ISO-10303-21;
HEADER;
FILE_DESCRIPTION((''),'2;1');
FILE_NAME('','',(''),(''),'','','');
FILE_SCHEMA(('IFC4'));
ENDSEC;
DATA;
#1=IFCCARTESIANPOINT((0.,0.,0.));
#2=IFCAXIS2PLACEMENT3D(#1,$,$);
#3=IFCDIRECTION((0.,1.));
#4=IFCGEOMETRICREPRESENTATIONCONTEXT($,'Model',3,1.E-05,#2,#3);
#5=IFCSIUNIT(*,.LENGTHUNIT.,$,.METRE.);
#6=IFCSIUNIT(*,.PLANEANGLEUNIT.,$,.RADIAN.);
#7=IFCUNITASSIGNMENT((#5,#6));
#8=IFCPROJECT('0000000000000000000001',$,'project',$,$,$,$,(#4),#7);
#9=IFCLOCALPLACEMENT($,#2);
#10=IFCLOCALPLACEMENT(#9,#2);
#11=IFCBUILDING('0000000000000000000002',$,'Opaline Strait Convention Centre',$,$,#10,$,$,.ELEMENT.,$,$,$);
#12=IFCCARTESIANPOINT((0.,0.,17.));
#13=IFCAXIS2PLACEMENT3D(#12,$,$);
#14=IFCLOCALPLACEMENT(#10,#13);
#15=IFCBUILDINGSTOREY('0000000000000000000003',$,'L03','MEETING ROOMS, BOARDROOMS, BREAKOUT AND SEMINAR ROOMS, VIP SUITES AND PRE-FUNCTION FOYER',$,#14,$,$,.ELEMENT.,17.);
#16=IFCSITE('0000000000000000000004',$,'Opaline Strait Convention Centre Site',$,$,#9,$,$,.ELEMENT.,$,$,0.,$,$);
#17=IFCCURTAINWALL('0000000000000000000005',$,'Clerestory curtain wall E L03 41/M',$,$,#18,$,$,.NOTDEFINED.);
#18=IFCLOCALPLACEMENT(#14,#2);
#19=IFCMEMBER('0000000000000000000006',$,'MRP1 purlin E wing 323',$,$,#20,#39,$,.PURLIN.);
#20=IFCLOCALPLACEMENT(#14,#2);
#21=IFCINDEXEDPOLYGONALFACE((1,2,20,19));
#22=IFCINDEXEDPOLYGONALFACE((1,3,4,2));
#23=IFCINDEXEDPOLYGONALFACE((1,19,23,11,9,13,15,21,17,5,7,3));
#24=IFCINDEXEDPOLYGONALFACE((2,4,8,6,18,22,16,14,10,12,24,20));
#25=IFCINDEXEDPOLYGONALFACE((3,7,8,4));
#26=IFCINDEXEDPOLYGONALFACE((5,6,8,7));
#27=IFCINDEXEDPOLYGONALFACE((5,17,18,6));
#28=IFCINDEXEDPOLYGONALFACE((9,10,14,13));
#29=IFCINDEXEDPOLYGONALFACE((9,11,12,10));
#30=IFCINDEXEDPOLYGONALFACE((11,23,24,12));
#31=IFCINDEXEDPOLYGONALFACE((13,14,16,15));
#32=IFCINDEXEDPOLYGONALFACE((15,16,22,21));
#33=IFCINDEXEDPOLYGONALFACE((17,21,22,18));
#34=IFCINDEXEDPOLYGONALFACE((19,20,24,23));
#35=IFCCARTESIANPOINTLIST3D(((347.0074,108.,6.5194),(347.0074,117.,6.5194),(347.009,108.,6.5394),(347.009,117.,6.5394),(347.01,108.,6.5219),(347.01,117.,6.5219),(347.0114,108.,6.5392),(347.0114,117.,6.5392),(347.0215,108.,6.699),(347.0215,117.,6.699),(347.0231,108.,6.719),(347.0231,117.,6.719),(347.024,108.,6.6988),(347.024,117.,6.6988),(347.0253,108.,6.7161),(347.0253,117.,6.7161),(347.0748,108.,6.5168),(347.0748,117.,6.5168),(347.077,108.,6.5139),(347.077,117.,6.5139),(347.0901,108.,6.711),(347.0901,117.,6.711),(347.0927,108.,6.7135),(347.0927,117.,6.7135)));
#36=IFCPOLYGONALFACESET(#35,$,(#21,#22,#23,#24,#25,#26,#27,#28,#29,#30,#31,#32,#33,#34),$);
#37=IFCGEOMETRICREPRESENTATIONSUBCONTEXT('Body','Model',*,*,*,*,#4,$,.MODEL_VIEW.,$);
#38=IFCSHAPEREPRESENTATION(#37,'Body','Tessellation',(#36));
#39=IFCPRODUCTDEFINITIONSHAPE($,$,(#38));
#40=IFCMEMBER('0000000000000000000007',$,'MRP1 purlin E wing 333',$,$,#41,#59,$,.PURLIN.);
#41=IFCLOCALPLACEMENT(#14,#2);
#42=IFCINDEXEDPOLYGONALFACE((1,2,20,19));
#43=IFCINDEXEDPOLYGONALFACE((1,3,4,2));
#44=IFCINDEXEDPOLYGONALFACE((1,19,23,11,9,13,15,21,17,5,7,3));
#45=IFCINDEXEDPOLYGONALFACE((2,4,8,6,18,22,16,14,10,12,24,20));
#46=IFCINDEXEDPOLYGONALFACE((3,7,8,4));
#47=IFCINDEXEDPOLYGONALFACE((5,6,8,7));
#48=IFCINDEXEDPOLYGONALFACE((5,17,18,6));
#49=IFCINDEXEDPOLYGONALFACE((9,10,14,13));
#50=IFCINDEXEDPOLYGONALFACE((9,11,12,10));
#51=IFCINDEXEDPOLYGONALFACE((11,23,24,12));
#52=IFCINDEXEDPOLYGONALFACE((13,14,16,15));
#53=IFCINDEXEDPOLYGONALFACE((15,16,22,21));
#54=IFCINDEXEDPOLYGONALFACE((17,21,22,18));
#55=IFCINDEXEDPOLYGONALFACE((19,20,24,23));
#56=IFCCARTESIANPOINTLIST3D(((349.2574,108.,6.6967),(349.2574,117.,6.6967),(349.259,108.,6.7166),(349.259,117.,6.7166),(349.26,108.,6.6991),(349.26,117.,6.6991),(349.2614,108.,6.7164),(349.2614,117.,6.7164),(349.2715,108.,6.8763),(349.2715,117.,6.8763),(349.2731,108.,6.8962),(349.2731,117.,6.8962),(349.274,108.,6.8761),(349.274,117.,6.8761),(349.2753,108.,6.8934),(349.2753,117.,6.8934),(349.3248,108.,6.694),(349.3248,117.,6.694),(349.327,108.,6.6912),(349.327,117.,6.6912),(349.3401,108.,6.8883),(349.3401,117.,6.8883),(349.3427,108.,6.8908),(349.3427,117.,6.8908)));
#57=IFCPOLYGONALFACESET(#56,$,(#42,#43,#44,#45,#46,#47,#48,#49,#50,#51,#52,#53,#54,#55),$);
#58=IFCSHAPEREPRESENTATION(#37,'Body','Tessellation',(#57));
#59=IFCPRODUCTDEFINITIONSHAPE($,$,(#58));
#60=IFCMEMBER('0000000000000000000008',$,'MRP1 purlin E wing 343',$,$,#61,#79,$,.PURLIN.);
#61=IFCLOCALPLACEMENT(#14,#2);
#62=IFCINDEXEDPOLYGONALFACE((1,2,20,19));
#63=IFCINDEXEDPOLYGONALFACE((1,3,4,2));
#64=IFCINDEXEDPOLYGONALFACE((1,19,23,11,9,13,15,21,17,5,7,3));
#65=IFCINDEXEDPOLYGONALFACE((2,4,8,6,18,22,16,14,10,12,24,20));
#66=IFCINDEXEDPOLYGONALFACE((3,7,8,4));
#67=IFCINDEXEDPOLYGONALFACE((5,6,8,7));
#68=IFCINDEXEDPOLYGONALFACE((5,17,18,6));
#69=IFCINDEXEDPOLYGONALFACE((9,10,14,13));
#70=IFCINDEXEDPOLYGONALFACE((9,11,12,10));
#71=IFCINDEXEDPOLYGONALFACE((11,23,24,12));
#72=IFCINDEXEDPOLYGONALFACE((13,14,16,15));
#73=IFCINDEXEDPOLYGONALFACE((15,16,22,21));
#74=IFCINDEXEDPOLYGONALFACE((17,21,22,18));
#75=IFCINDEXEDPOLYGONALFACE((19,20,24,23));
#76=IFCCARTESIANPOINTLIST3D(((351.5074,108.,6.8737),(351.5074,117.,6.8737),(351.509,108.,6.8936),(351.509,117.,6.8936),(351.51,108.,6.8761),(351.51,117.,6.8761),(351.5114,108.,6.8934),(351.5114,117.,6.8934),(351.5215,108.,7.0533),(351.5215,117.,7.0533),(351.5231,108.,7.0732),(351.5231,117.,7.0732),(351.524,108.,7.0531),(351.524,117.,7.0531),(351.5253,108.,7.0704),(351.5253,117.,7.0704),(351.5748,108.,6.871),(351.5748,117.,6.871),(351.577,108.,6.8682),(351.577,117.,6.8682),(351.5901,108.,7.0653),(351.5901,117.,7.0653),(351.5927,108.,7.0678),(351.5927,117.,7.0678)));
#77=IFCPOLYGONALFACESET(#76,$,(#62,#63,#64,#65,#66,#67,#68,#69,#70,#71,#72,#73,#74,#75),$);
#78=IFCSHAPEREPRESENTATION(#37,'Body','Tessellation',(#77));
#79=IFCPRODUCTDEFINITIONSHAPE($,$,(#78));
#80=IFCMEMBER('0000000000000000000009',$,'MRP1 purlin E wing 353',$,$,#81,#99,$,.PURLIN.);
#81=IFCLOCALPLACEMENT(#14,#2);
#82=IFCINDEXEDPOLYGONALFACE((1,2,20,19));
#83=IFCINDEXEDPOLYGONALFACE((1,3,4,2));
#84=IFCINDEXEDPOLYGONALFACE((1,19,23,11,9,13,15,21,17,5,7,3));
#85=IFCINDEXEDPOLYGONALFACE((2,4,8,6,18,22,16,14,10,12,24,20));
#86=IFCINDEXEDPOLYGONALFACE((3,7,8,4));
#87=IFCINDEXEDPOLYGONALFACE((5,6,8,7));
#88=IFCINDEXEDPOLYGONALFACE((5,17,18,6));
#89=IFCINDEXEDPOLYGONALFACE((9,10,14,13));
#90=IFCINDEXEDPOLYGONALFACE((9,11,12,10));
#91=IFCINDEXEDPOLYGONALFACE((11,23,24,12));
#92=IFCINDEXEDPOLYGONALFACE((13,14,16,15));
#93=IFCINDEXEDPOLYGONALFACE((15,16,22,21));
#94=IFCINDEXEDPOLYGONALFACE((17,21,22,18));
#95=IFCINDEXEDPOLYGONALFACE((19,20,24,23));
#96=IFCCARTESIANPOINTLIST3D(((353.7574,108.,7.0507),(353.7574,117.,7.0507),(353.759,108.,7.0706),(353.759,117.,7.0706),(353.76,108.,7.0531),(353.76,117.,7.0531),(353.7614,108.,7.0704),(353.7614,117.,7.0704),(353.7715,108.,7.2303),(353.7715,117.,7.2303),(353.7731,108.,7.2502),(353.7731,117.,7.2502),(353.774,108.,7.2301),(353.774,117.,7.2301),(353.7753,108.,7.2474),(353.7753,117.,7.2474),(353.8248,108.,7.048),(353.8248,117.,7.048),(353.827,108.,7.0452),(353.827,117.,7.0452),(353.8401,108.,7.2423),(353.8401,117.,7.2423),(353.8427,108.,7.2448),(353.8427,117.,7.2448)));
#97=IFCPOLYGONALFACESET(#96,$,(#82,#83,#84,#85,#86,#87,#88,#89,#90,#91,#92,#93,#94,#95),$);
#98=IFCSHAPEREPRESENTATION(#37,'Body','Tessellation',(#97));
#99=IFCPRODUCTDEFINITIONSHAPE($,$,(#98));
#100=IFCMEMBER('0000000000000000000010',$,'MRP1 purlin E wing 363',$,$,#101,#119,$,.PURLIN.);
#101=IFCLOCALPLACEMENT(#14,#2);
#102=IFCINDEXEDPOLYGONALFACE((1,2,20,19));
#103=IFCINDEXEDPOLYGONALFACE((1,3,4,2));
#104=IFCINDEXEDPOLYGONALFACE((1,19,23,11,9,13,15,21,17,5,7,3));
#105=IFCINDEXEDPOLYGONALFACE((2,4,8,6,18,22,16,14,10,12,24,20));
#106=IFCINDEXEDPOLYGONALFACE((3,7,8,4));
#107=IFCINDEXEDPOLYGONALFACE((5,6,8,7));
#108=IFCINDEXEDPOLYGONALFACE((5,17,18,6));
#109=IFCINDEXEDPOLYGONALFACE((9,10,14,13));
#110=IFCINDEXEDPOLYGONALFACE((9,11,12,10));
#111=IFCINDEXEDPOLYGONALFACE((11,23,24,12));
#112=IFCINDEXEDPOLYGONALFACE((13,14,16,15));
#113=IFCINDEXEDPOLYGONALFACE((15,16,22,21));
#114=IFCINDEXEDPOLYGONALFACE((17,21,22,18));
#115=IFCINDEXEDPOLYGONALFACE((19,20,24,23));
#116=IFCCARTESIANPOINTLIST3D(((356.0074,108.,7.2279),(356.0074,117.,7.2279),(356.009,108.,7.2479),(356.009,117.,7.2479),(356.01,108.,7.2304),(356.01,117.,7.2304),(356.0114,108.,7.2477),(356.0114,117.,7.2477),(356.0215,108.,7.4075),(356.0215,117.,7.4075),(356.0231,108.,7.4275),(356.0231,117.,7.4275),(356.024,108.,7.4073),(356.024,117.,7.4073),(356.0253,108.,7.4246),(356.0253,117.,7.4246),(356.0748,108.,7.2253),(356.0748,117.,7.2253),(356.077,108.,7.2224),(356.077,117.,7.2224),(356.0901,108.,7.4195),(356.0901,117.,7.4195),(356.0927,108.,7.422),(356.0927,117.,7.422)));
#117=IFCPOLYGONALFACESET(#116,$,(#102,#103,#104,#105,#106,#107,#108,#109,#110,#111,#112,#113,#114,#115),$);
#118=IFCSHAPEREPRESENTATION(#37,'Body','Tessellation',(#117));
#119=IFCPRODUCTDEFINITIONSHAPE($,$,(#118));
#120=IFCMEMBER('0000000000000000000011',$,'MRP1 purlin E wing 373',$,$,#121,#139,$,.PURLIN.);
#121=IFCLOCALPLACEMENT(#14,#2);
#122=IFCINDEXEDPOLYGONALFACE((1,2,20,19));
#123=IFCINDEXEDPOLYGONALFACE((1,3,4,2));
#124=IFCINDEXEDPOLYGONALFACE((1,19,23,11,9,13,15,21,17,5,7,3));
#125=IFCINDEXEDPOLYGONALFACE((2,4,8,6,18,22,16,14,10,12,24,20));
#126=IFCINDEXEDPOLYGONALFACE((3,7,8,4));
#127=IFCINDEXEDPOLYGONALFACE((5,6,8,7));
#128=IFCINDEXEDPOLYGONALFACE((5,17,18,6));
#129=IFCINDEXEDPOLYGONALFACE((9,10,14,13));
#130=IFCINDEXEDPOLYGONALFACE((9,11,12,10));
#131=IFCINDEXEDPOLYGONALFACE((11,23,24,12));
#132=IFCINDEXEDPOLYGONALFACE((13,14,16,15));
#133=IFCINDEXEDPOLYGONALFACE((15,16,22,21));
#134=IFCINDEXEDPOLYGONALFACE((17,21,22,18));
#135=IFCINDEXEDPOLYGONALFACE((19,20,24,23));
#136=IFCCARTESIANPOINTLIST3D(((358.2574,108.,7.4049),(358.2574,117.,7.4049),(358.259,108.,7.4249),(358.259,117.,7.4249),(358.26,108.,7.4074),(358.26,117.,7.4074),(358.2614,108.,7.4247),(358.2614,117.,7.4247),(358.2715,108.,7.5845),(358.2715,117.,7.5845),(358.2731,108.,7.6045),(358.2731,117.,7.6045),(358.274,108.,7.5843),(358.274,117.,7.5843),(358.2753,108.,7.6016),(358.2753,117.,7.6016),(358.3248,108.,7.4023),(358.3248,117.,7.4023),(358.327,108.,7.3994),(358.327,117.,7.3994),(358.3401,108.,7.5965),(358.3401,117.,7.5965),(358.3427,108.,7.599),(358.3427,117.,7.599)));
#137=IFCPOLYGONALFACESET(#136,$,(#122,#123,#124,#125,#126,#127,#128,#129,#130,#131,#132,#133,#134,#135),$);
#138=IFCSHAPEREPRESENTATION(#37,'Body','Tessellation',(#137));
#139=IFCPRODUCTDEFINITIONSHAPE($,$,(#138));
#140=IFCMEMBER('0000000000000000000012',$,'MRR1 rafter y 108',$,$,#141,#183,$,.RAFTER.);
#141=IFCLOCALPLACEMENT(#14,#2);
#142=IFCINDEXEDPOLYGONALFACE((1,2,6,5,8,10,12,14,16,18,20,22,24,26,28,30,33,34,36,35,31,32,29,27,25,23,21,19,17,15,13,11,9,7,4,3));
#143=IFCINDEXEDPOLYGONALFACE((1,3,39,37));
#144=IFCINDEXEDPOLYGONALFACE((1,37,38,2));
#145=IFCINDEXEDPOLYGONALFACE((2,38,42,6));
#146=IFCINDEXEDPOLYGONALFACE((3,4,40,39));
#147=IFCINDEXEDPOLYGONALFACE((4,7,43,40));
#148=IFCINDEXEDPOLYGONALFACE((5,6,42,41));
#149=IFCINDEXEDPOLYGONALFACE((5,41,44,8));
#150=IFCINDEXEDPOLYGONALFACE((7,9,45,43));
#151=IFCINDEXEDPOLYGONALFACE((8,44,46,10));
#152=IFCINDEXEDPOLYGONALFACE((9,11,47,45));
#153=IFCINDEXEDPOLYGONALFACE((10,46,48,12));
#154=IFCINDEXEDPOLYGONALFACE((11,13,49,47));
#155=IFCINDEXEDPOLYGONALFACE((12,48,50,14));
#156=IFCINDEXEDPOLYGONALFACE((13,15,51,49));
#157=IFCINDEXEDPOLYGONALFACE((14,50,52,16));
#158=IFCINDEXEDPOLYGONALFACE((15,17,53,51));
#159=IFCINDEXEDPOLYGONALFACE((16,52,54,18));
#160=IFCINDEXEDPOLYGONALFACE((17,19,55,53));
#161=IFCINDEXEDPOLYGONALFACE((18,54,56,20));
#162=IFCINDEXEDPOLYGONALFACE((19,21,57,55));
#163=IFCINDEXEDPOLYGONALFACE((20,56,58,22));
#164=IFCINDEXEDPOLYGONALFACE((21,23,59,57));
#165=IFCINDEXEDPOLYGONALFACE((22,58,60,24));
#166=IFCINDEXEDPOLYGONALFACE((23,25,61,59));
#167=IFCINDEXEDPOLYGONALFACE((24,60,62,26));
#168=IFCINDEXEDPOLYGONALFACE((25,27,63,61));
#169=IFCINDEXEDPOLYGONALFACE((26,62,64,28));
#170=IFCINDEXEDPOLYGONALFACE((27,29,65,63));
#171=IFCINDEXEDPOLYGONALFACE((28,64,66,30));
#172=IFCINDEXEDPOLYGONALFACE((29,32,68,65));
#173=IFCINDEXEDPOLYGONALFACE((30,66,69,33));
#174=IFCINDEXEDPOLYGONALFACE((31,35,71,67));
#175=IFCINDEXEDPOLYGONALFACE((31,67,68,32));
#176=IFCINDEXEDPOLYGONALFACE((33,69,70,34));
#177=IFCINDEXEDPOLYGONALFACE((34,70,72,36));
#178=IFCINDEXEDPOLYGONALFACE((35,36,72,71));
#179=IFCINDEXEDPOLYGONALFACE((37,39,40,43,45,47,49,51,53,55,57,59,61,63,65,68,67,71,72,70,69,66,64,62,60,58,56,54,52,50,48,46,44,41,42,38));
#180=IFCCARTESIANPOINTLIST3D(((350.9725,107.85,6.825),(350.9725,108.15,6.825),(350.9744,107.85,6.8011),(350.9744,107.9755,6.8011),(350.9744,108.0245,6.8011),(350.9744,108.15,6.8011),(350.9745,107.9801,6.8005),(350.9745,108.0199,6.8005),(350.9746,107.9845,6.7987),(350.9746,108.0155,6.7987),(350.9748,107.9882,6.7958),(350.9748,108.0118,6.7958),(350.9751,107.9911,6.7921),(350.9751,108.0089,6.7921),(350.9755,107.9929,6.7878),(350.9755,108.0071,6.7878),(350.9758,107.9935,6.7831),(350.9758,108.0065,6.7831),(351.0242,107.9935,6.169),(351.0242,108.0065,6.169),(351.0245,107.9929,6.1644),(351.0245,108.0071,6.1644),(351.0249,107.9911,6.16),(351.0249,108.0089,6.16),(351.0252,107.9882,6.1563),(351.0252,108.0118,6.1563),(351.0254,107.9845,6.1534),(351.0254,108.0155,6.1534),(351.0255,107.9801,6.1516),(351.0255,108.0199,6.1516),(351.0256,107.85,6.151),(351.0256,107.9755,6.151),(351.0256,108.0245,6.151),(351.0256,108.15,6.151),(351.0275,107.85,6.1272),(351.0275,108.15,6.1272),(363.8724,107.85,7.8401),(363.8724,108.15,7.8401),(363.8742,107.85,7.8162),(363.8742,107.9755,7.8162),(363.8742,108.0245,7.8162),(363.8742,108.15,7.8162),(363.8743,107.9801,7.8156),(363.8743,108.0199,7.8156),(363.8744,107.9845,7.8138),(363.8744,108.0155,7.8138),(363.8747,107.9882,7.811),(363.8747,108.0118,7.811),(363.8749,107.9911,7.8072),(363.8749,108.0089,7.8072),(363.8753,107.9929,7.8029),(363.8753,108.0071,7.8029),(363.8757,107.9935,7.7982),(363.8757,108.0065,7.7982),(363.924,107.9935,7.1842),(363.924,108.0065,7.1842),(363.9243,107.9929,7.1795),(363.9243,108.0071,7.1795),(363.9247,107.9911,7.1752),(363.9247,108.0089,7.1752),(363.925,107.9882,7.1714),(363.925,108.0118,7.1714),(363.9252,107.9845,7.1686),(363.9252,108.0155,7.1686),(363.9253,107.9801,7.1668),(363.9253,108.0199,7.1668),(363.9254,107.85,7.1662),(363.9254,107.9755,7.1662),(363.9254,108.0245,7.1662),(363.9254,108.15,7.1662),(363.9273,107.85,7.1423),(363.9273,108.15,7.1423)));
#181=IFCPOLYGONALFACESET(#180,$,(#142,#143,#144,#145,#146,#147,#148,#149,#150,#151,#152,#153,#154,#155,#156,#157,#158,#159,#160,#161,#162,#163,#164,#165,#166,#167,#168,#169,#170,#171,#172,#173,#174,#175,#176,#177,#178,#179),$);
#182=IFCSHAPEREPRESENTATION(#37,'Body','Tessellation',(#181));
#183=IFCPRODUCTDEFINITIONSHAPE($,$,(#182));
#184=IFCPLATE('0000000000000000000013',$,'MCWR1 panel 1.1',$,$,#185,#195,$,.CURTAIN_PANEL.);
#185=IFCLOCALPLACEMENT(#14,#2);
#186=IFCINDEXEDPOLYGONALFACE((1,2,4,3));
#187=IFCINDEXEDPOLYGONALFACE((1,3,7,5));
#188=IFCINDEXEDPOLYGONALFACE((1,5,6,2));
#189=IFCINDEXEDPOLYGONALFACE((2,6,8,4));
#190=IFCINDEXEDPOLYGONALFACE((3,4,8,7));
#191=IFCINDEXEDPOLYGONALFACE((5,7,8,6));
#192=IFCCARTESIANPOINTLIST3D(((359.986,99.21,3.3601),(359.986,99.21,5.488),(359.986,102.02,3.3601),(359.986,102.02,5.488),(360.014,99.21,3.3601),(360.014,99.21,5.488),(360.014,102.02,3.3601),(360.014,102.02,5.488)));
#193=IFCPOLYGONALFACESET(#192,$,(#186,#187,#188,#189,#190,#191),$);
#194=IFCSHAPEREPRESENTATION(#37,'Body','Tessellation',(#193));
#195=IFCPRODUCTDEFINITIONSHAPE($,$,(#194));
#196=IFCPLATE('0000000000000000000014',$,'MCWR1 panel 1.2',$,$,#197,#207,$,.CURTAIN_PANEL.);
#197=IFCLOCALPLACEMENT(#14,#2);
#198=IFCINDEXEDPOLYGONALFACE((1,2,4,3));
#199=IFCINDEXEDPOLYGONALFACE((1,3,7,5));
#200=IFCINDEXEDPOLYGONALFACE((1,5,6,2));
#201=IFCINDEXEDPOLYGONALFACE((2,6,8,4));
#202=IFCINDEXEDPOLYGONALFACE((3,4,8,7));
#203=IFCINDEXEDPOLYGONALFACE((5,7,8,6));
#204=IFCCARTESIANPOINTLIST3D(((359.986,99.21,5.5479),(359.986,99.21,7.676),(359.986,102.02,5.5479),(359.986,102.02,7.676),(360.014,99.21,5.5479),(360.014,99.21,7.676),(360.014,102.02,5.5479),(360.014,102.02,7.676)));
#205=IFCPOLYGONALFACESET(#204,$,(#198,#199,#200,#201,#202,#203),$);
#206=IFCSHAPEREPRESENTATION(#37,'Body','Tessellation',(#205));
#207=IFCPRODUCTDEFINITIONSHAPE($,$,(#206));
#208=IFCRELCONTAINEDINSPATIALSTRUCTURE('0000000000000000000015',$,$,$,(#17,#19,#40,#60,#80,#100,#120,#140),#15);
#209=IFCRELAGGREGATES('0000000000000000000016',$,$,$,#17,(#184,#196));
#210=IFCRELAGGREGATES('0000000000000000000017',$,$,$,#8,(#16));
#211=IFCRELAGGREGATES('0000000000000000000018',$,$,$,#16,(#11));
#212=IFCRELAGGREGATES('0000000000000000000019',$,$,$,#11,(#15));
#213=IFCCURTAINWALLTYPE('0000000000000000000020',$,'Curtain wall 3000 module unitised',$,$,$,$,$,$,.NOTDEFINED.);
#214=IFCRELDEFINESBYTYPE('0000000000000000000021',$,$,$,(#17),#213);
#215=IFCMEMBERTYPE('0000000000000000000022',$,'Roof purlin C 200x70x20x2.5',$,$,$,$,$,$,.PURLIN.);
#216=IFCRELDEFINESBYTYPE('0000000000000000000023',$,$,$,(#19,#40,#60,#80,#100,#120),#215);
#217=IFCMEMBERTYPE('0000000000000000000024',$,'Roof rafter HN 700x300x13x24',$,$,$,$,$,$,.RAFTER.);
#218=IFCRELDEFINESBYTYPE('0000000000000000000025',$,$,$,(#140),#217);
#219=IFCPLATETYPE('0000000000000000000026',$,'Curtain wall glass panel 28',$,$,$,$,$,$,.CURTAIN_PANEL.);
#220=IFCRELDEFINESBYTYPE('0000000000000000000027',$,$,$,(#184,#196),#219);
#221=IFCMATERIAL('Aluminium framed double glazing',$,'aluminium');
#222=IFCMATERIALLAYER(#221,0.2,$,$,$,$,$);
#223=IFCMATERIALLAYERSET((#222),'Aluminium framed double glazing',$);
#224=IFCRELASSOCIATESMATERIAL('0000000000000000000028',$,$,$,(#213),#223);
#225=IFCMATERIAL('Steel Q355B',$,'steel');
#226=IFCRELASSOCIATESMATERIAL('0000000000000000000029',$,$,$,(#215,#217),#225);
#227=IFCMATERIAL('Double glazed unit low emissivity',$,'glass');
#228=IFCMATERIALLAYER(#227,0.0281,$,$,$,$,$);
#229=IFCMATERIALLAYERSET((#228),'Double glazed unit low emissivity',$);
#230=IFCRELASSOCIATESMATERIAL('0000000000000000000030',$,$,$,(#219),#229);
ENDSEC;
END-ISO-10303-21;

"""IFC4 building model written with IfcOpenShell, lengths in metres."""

from ifc_helpers import new_model, si_unit, direction, frame, origin, origin_2d, place, context, subcontext, project, spatial, polyline, rectangle, i_section, outline, extrude, material, layer, layer_set, material_profile, profile_set, type_object, element, aggregate, save


model = new_model("IFC4")

# Units and contexts
model_context = context("Model", 3, precision=1e-05, world=origin(), true_north=direction((0.0, 1.0)))
body_context = subcontext(model_context, "Body", "Model", "MODEL_VIEW")
ifc_project = project(units=[si_unit("LENGTHUNIT", "METRE"), si_unit("PLANEANGLEUNIT", "RADIAN")], contexts=[model_context])

# Site, building, storey
site_placement = place(None, origin())
site = spatial("IfcSite", under=ifc_project, at=site_placement, Name="Opaline Strait Convention Centre Site", CompositionType="ELEMENT", RefElevation=0.0)
building_placement = place(site_placement, origin())
building = spatial("IfcBuilding", under=site, at=building_placement, Name="Opaline Strait Convention Centre", CompositionType="ELEMENT")
storey_placement = place(building_placement, frame((0.0, 0.0, 17.0)))
storey = spatial("IfcBuildingStorey", under=building, at=storey_placement, Name="L03", Description="MEETING ROOMS, BOARDROOMS, BREAKOUT AND SEMINAR ROOMS, VIP SUITES AND PRE-FUNCTION FOYER", CompositionType="ELEMENT", Elevation=17.0)

# Shared definitions
ifc_material_1 = material(Name="Steel Q355B", Category="steel")

# Curtain wall
ifc_material_2 = material(Name="Aluminium framed double glazing", Category="aluminium")
ifc_layer_1 = layer(ifc_material_2, 0.2)
ifc_layer_set_1 = layer_set([ifc_layer_1], Name="Aluminium framed double glazing")
curtain_wall_type = type_object("IfcCurtainWallType", Name="Curtain wall 3000 module unitised", PredefinedType="NOTDEFINED", material=ifc_layer_set_1)
curtain_wall_1_placement = place(storey_placement, origin())
curtain_wall_1 = element("IfcCurtainWall", 1, at=curtain_wall_1_placement, inside=storey, type_object=curtain_wall_type, Name="Clerestory curtain wall E L03 41/M", PredefinedType="NOTDEFINED")

# Members
ifc_material_profile_1 = material_profile(ifc_material_1, outline(polyline([(-0.0349, -0.1001), (0.0349, -0.1001), (0.0349, -0.0801), (0.0325, -0.0801), (0.0325, -0.0974), (-0.0325, -0.0974), (-0.0325, 0.0974), (0.0325, 0.0974), (0.0325, 0.0801), (0.0349, 0.0801), (0.0349, 0.1001), (-0.0349, 0.1001), (-0.0349, -0.1001)])), Name="C 200x70x20x2.5")
ifc_profile_set_1 = profile_set([ifc_material_profile_1], Name="Steel Q355B")
member_type_1 = type_object("IfcMemberType", Name="Roof purlin C 200x70x20x2.5", PredefinedType="PURLIN", material=ifc_profile_set_1)
for number, where, z_axis, x_axis, name in (
    (2, (347.05, 108.0, 6.6165), (0.0, 1.0, 0.0), (-0.996917, 0.0, 0.078459), "MRP1 purlin E wing 323"),
    (3, (349.3, 108.0, 6.7937), (0.0, 1.0, 0.0), (-0.996917, 0.0, 0.078459), "MRP1 purlin E wing 333"),
    (4, (351.55, 108.0, 6.9707), (0.0, 1.0, 0.0), (-0.996917, 0.0, 0.078459), "MRP1 purlin E wing 343"),
    (5, (353.8, 108.0, 7.1477), (0.0, 1.0, 0.0), (-0.996917, 0.0, 0.078459), "MRP1 purlin E wing 353"),
    (6, (356.05, 108.0, 7.325), (0.0, 1.0, 0.0), (-0.996917, 0.0, 0.078459), "MRP1 purlin E wing 363"),
    (7, (358.3, 108.0, 7.502), (0.0, 1.0, 0.0), (-0.996917, 0.0, 0.078459), "MRP1 purlin E wing 373"),
):
    element("IfcMember", number, at=place(storey_placement, frame(where, z_axis=z_axis, x_axis=x_axis)), inside=storey, type_object=member_type_1, Name=name, PredefinedType="PURLIN", context=body_context, shape_type="SweptSolid", body=[
        extrude(outline(polyline([(-0.0349, -0.1001), (0.0349, -0.1001), (0.0349, -0.0801), (0.0325, -0.0801), (0.0325, -0.0974), (-0.0325, -0.0974), (-0.0325, 0.0974), (0.0325, 0.0974), (0.0325, 0.0801), (0.0349, 0.0801), (0.0349, 0.1001), (-0.0349, 0.1001), (-0.0349, -0.1001)])), origin(), (0.0, 0.0, 1.0), 9.0),
    ])
ifc_material_profile_2 = material_profile(ifc_material_1, i_section(OverallWidth=0.3, OverallDepth=0.7, WebThickness=0.0129, FlangeThickness=0.0239, FilletRadius=0.0181, at=origin_2d()), Name="HN 700x300x13x24")
ifc_profile_set_2 = profile_set([ifc_material_profile_2], Name="Steel Q355B")
member_type_2 = type_object("IfcMemberType", Name="Roof rafter HN 700x300x13x24", PredefinedType="RAFTER", material=ifc_profile_set_2)
member_1_placement = place(storey_placement, frame((351.0, 108.0, 6.4761), z_axis=(0.996918, 0.0, 0.078451), x_axis=(0.0, 1.0, 0.0)))
element("IfcMember", 8, at=member_1_placement, inside=storey, type_object=member_type_2, Name="MRR1 rafter y 108", PredefinedType="RAFTER", context=body_context, shape_type="SweptSolid", body=[
    extrude(i_section(OverallWidth=0.3, OverallDepth=0.7, WebThickness=0.0129, FlangeThickness=0.0239, FilletRadius=0.0181, at=origin_2d()), origin(), (0.0, 0.0, 1.0), 12.9397),
])

# Plates
ifc_material_3 = material(Name="Double glazed unit low emissivity", Category="glass")
ifc_layer_2 = layer(ifc_material_3, 0.0281)
ifc_layer_set_2 = layer_set([ifc_layer_2], Name="Double glazed unit low emissivity")
plate_type = type_object("IfcPlateType", Name="Curtain wall glass panel 28", PredefinedType="CURTAIN_PANEL", material=ifc_layer_set_2)
plate_1_placement = place(storey_placement, frame((360.0, 100.615, 3.3601), z_axis=(0.0, 0.0, 1.0), x_axis=(0.0, 1.0, 0.0)))
plate_1 = element("IfcPlate", 9, at=plate_1_placement, type_object=plate_type, Name="MCWR1 panel 1.1", PredefinedType="CURTAIN_PANEL", context=body_context, shape_type="SweptSolid", body=[
    extrude(rectangle(XDim=2.8101, YDim=0.0281, at=origin_2d()), origin(), (0.0, 0.0, 1.0), 2.1279),
])
plate_2_placement = place(storey_placement, frame((360.0, 100.615, 5.5479), z_axis=(0.0, 0.0, 1.0), x_axis=(0.0, 1.0, 0.0)))
plate_2 = element("IfcPlate", 10, at=plate_2_placement, type_object=plate_type, Name="MCWR1 panel 1.2", PredefinedType="CURTAIN_PANEL", context=body_context, shape_type="SweptSolid", body=[
    extrude(rectangle(XDim=2.8101, YDim=0.0281, at=origin_2d()), origin(), (0.0, 0.0, 1.0), 2.1282),
])
aggregate(curtain_wall_1, [plate_1, plate_2])

save(model, "model.ifc")
